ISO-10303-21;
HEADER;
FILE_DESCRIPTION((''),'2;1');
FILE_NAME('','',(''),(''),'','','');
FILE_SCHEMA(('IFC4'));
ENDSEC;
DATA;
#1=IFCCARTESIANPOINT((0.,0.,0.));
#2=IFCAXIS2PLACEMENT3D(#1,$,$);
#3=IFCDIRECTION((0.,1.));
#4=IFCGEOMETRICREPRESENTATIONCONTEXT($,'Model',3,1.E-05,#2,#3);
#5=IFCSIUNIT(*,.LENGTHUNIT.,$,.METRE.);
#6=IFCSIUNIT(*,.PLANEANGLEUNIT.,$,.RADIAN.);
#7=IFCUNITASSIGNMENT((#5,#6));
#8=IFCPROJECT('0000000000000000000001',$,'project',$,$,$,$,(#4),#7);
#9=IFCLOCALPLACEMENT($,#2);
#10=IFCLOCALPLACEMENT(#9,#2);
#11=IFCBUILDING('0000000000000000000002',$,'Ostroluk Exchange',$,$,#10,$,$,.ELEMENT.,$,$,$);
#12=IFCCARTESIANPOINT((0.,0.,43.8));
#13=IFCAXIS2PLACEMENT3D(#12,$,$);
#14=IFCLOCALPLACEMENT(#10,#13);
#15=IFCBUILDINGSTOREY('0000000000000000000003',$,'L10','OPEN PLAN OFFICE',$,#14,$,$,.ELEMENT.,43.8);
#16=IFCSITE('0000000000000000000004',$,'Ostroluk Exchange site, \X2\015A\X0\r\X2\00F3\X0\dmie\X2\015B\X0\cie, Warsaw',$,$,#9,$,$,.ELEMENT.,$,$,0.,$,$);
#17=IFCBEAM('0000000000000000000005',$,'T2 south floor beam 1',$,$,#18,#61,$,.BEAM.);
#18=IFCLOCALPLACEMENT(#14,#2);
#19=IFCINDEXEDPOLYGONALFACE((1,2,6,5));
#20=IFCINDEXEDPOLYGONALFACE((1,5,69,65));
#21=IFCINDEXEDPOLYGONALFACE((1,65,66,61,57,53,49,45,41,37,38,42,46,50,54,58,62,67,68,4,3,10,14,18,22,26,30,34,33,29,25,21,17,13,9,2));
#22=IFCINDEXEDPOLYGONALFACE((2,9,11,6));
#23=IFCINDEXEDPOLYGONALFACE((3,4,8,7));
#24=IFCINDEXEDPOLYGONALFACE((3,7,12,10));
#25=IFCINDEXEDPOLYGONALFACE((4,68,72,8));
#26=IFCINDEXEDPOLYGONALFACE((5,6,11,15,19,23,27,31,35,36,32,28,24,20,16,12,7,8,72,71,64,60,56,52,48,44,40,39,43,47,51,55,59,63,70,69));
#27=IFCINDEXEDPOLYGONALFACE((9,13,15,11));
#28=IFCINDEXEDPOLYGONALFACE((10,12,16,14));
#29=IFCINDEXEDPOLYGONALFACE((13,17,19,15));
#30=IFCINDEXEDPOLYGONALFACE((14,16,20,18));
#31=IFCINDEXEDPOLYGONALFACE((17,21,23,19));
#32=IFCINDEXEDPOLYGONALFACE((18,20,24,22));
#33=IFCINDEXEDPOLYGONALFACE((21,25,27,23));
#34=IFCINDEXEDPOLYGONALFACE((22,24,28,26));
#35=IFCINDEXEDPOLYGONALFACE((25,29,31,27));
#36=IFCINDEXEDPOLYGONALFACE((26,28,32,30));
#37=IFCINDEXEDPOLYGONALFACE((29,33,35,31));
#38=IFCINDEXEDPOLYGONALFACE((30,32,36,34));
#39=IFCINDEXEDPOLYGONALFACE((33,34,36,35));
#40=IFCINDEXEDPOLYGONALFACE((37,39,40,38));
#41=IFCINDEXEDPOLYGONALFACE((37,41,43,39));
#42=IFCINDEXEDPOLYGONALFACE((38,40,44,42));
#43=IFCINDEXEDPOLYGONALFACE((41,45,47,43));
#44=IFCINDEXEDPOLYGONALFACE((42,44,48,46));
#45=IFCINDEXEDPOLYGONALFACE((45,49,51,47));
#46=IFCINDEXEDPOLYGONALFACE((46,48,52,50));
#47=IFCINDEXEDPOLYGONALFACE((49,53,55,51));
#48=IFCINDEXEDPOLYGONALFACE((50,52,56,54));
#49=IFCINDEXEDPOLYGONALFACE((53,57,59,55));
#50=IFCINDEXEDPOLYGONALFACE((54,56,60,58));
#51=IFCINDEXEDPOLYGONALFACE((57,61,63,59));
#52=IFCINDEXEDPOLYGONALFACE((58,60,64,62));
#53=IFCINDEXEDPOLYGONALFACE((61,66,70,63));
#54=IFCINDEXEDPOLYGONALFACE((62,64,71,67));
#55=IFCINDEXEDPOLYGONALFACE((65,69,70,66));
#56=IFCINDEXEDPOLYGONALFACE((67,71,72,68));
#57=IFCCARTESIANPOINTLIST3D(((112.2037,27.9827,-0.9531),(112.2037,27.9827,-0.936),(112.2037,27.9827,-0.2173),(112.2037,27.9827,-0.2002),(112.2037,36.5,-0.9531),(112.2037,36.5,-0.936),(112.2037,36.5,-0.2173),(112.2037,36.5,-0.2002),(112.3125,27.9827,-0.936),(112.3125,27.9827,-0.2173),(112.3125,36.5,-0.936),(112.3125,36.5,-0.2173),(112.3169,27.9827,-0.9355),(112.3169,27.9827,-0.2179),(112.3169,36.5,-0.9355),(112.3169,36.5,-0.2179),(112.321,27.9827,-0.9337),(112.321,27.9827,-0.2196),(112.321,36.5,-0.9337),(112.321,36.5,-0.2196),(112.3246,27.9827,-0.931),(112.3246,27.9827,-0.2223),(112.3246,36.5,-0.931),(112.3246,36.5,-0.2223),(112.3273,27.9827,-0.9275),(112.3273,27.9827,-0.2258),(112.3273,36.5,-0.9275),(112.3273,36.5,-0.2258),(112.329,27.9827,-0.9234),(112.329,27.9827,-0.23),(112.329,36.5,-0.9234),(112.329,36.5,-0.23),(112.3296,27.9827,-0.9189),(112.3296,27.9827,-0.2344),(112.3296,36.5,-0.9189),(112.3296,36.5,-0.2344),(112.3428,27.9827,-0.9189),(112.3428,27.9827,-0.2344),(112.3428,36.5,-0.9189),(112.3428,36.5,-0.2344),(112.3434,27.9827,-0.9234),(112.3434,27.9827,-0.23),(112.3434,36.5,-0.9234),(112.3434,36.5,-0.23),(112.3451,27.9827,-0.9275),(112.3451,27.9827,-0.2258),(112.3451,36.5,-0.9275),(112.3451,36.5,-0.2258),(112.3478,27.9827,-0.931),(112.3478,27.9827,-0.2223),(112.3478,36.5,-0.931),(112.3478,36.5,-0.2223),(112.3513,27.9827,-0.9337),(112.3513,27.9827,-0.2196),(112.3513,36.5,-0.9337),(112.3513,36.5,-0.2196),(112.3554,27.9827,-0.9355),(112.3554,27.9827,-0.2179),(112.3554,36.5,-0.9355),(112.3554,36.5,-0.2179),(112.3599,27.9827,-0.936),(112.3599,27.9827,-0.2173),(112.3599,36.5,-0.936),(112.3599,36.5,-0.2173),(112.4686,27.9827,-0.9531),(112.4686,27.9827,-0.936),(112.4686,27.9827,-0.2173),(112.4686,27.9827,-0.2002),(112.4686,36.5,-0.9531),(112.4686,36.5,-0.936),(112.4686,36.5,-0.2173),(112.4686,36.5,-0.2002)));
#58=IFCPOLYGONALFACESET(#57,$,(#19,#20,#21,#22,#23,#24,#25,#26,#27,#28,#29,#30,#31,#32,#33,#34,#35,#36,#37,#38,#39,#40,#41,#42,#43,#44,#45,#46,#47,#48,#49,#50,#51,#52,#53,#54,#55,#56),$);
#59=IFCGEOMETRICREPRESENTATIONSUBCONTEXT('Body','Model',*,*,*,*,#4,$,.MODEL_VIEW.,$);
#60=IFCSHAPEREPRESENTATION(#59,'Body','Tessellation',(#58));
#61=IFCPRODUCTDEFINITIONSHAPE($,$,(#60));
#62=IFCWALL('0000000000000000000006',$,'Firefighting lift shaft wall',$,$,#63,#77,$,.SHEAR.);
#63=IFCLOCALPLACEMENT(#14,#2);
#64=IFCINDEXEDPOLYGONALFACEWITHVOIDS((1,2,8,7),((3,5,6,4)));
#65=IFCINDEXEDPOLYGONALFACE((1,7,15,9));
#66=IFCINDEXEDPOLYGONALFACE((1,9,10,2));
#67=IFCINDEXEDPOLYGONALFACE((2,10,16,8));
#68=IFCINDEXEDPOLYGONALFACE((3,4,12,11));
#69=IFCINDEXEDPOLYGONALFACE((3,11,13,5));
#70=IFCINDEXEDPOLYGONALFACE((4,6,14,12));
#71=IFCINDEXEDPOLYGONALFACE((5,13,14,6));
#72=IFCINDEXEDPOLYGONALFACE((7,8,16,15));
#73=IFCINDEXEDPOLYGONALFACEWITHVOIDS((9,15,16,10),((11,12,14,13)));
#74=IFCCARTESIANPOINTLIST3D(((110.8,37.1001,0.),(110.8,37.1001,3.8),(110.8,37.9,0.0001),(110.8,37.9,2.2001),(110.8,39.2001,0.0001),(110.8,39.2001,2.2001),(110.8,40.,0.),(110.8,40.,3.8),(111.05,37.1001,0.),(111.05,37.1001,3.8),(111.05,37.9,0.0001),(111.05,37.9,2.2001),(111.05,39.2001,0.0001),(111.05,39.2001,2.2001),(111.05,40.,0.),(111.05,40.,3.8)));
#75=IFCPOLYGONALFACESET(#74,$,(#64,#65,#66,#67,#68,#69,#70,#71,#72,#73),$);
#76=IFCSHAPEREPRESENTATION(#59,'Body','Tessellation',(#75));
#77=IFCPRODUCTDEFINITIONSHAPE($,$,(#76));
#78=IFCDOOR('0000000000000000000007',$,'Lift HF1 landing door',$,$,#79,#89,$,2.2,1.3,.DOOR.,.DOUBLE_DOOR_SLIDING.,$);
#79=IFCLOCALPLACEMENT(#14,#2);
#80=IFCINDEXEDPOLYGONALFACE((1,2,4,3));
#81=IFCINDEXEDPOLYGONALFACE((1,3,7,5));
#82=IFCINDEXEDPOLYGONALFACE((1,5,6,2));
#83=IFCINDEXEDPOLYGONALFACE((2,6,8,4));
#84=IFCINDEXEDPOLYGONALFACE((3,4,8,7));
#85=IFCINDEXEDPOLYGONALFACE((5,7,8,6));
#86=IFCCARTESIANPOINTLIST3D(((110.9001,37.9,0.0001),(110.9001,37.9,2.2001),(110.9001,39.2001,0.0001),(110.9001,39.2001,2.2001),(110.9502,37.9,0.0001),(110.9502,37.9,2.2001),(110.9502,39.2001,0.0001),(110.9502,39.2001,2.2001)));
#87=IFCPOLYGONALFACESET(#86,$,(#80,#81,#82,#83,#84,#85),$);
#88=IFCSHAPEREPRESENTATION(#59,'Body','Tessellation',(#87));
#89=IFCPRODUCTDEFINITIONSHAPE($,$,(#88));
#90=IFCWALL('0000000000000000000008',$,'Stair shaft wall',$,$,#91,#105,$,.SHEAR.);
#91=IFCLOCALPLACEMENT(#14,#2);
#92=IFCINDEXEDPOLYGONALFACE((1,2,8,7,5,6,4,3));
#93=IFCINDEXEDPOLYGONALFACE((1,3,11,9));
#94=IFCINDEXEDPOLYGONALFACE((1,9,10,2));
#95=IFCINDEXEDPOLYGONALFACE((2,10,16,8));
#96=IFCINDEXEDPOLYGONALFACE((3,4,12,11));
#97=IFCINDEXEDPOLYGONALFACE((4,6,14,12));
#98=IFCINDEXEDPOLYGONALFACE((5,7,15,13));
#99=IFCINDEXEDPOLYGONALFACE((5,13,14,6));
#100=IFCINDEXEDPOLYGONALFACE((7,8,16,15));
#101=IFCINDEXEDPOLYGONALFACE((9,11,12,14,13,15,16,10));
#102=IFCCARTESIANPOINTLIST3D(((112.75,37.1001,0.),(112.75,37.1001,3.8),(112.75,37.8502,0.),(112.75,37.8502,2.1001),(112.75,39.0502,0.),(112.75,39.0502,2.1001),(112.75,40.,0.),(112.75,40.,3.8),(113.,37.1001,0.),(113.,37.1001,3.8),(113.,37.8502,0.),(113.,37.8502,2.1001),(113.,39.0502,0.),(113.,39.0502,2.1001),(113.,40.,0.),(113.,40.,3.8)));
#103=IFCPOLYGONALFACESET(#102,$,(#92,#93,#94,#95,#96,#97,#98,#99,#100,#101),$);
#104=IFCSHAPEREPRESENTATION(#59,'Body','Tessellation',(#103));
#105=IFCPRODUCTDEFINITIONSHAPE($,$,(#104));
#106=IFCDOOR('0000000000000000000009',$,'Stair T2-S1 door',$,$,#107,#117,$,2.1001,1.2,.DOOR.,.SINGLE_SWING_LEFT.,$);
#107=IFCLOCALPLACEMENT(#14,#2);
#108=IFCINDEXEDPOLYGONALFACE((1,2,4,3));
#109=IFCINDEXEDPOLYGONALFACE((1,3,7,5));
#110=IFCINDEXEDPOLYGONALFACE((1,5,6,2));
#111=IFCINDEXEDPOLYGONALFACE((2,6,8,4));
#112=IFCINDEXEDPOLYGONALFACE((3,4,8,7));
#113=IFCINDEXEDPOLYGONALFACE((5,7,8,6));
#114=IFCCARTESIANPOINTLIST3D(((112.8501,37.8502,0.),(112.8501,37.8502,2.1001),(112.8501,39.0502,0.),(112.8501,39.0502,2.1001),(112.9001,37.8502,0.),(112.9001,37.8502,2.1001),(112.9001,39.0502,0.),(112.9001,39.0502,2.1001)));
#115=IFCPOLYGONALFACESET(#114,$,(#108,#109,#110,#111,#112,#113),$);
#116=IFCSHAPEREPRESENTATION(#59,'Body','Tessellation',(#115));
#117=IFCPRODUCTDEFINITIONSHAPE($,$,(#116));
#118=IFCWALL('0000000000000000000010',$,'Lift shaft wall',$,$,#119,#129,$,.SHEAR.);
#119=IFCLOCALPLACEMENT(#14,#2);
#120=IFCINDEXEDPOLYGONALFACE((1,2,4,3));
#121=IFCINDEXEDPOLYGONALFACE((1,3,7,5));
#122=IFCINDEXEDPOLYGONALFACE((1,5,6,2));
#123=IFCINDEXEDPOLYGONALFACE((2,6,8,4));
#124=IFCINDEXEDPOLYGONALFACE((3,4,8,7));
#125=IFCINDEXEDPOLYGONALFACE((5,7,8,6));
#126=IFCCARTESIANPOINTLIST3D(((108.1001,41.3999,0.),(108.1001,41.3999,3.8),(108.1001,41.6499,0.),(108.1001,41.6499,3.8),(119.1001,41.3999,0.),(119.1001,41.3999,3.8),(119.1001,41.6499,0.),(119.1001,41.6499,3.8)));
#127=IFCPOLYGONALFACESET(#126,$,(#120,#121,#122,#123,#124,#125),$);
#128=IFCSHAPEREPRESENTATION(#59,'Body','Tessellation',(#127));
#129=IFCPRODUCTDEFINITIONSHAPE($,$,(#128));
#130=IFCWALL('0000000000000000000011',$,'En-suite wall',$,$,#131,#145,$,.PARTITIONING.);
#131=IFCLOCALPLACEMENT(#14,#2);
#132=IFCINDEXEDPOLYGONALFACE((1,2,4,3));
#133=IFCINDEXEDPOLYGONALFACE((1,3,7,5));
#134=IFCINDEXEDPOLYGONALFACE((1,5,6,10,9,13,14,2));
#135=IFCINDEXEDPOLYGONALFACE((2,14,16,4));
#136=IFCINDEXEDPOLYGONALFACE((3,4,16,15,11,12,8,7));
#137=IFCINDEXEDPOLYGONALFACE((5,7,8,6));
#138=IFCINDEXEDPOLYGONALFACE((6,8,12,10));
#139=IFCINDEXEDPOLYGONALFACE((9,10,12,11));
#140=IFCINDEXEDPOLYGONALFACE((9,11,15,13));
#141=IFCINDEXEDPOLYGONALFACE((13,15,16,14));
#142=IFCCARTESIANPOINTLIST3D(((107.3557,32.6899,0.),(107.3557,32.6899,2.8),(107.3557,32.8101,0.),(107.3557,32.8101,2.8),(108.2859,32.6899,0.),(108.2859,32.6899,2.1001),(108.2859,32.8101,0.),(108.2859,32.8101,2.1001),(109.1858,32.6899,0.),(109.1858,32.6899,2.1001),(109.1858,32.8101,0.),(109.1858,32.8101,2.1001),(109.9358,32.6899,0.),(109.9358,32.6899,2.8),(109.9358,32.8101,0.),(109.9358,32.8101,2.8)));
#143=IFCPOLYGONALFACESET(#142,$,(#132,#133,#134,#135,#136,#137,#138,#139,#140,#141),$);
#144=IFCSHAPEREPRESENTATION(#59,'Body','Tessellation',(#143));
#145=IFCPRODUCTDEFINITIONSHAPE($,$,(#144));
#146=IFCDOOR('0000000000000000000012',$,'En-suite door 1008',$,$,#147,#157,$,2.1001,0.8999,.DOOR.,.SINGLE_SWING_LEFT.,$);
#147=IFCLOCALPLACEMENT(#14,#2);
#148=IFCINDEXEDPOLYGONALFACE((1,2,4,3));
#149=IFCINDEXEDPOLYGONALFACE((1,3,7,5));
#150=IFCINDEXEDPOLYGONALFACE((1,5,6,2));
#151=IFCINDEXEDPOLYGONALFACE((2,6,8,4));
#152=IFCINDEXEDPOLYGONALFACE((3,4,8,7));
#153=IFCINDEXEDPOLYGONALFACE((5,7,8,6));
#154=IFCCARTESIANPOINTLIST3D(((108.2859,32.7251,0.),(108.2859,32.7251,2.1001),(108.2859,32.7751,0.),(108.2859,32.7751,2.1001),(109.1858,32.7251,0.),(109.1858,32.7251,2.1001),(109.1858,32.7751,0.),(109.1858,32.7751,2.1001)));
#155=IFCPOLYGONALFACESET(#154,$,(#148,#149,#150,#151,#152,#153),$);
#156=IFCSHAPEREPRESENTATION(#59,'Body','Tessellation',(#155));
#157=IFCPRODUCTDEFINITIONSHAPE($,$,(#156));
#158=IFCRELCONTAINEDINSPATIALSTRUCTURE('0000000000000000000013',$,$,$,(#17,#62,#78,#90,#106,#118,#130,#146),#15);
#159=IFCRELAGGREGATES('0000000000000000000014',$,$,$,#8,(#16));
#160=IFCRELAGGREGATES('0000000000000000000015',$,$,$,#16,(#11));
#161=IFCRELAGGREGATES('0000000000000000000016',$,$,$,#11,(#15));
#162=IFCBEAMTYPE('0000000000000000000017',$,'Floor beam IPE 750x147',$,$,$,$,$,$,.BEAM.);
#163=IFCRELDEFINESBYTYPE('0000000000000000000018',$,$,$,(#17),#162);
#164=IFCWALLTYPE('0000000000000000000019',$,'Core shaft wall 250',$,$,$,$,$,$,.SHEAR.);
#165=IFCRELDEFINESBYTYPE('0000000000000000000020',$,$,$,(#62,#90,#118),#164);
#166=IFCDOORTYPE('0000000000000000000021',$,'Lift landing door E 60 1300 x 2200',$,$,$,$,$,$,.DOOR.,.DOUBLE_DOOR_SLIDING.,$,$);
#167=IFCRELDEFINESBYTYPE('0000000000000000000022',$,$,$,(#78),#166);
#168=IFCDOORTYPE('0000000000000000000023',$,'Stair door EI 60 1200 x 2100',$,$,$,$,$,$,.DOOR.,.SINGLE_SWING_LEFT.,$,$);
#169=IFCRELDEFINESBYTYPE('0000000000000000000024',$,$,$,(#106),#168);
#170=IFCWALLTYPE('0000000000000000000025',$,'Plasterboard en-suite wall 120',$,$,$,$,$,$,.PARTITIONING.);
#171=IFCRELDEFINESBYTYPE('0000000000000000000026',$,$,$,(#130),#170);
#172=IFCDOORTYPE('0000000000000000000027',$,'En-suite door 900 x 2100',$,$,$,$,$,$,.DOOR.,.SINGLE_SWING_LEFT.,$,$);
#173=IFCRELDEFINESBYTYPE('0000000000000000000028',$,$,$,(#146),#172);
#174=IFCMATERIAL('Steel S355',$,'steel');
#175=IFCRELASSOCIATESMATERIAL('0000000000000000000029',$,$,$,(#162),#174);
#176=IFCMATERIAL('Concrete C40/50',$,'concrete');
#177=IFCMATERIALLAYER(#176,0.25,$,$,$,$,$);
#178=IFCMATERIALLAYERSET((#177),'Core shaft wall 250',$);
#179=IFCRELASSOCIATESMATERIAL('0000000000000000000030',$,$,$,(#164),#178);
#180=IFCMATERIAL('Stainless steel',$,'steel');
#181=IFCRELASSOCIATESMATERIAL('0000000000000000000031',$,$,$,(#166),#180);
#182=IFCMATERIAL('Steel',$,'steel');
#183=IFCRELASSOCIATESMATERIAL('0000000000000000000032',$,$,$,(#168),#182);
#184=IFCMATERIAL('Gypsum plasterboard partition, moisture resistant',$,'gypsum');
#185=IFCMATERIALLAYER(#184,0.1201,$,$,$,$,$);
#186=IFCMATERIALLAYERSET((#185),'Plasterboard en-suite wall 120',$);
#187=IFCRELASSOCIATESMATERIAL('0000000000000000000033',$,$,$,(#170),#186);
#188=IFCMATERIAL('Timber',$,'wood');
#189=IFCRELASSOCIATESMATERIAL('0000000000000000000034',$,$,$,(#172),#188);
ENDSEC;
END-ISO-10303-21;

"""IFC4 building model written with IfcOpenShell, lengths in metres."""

from ifc_helpers import new_model, si_unit, direction, frame, frame_2d, origin, origin_2d, place, context, subcontext, project, spatial, rectangle, i_section, extrude, material, layer, layer_set, material_profile, profile_set, type_object, element, fill, save


model = new_model("IFC4")

# Units and contexts
model_context = context("Model", 3, precision=1e-05, world=origin(), true_north=direction((0.0, 1.0)))
body_context = subcontext(model_context, "Body", "Model", "MODEL_VIEW")
ifc_project = project(units=[si_unit("LENGTHUNIT", "METRE"), si_unit("PLANEANGLEUNIT", "RADIAN")], contexts=[model_context])

# Site, building, storey
site_placement = place(None, origin())
site = spatial("IfcSite", under=ifc_project, at=site_placement, Name="Ostroluk Exchange site, Śródmieście, Warsaw", CompositionType="ELEMENT", RefElevation=0.0)
building_placement = place(site_placement, origin())
building = spatial("IfcBuilding", under=site, at=building_placement, Name="Ostroluk Exchange", CompositionType="ELEMENT")
storey_placement = place(building_placement, frame((0.0, 0.0, 43.8)))
storey = spatial("IfcBuildingStorey", under=building, at=storey_placement, Name="L10", Description="OPEN PLAN OFFICE", CompositionType="ELEMENT", Elevation=43.8)

# Beam
ifc_material_1 = material(Name="Steel S355", Category="steel")
ifc_material_profile = material_profile(ifc_material_1, i_section(OverallWidth=0.2649, OverallDepth=0.7529, WebThickness=0.0132, FlangeThickness=0.0171, FilletRadius=0.0171, at=origin_2d()), Name="IPE 750x147")
ifc_profile_set = profile_set([ifc_material_profile], Name="Steel S355")
beam_type = type_object("IfcBeamType", Name="Floor beam IPE 750x147", PredefinedType="BEAM", material=ifc_profile_set)
beam_placement = place(storey_placement, frame((112.3362, 36.5, -0.5767), z_axis=(0.0, -1.0, 0.0), x_axis=(1.0, 0.0, 0.0)))
element("IfcBeam", 1, at=beam_placement, inside=storey, type_object=beam_type, Name="T2 south floor beam 1", PredefinedType="BEAM", context=body_context, shape_type="SweptSolid", body=[
    extrude(i_section(OverallWidth=0.2649, OverallDepth=0.7529, WebThickness=0.0132, FlangeThickness=0.0171, FilletRadius=0.0171, at=origin_2d()), origin(), (0.0, 0.0, 1.0), 8.5173),
])

# Walls, openings, doors
ifc_material_2 = material(Name="Concrete C40/50", Category="concrete")
ifc_layer_1 = layer(ifc_material_2, 0.25)
ifc_layer_set_1 = layer_set([ifc_layer_1], Name="Core shaft wall 250")
wall_type_1 = type_object("IfcWallType", Name="Core shaft wall 250", PredefinedType="SHEAR", material=ifc_layer_set_1)
wall_1_placement = place(storey_placement, frame((110.925, 37.1001, 0.0), z_axis=(0.0, 0.0, 1.0), x_axis=(0.0, 1.0, 0.0)))
wall_1 = element("IfcWall", 2, at=wall_1_placement, inside=storey, type_object=wall_type_1, Name="Firefighting lift shaft wall", PredefinedType="SHEAR", context=body_context, shape_type="SweptSolid", body=[
    extrude(rectangle(XDim=2.8999, YDim=0.25, at=frame_2d((1.45, 0.0))), origin(), (0.0, 0.0, 1.0), 3.8),
])
opening_1_placement = place(wall_1_placement, frame((0.8, 0.0, 0.0)))
opening_1 = element("IfcOpeningElement", 3, at=opening_1_placement, cuts=wall_1, PredefinedType="OPENING", context=body_context, shape_type="SweptSolid", body=[
    extrude(rectangle(XDim=1.3, YDim=2.2, at=frame_2d((0.6499, 1.1001))), frame((0.0, 0.135, 0.0), z_axis=(0.0, -1.0, 0.0), x_axis=(1.0, 0.0, 0.0)), (0.0, 0.0, 1.0), 0.27),
])
ifc_material_3 = material(Name="Stainless steel", Category="steel")
door_type_1 = type_object("IfcDoorType", Name="Lift landing door E 60 1300 x 2200", OperationType="DOUBLE_DOOR_SLIDING", PredefinedType="DOOR", material=ifc_material_3)
door_1_placement = place(opening_1_placement, origin())
door_1 = element("IfcDoor", 4, at=door_1_placement, inside=storey, type_object=door_type_1, Name="Lift HF1 landing door", OperationType="DOUBLE_DOOR_SLIDING", OverallHeight=2.2, OverallWidth=1.3, PredefinedType="DOOR", context=body_context, shape_type="SweptSolid", body=[
    extrude(rectangle(XDim=1.3, YDim=2.2, at=frame_2d((0.6499, 1.1001))), frame((0.0, 0.0249, 0.0), z_axis=(0.0, -1.0, 0.0), x_axis=(1.0, 0.0, 0.0)), (0.0, 0.0, 1.0), 0.05),
])
fill(opening_1, door_1)
wall_2_placement = place(storey_placement, frame((112.875, 37.1001, 0.0), z_axis=(0.0, 0.0, 1.0), x_axis=(0.0, 1.0, 0.0)))
wall_2 = element("IfcWall", 5, at=wall_2_placement, inside=storey, type_object=wall_type_1, Name="Stair shaft wall", PredefinedType="SHEAR", context=body_context, shape_type="SweptSolid", body=[
    extrude(rectangle(XDim=2.8999, YDim=0.25, at=frame_2d((1.45, 0.0))), origin(), (0.0, 0.0, 1.0), 3.8),
])
opening_2_placement = place(wall_2_placement, frame((0.75, 0.0, 0.0)))
opening_2 = element("IfcOpeningElement", 6, at=opening_2_placement, cuts=wall_2, PredefinedType="OPENING", context=body_context, shape_type="SweptSolid", body=[
    extrude(rectangle(XDim=1.2, YDim=2.1001, at=frame_2d((0.6001, 1.05))), frame((0.0, 0.135, 0.0), z_axis=(0.0, -1.0, 0.0), x_axis=(1.0, 0.0, 0.0)), (0.0, 0.0, 1.0), 0.27),
])
ifc_material_4 = material(Name="Steel", Category="steel")
door_type_2 = type_object("IfcDoorType", Name="Stair door EI 60 1200 x 2100", OperationType="SINGLE_SWING_LEFT", PredefinedType="DOOR", material=ifc_material_4)
door_2_placement = place(opening_2_placement, origin())
door_2 = element("IfcDoor", 7, at=door_2_placement, inside=storey, type_object=door_type_2, Name="Stair T2-S1 door", OperationType="SINGLE_SWING_LEFT", OverallHeight=2.1001, OverallWidth=1.2, PredefinedType="DOOR", context=body_context, shape_type="SweptSolid", body=[
    extrude(rectangle(XDim=1.2, YDim=2.1001, at=frame_2d((0.6001, 1.05))), frame((0.0, 0.0249, 0.0), z_axis=(0.0, -1.0, 0.0), x_axis=(1.0, 0.0, 0.0)), (0.0, 0.0, 1.0), 0.05),
])
fill(opening_2, door_2)

# Wall
wall_3_placement = place(storey_placement, frame((108.1001, 41.5249, 0.0), z_axis=(0.0, 0.0, 1.0), x_axis=(1.0, 0.0, 0.0)))
element("IfcWall", 8, at=wall_3_placement, inside=storey, type_object=wall_type_1, Name="Lift shaft wall", PredefinedType="SHEAR", context=body_context, shape_type="SweptSolid", body=[
    extrude(rectangle(XDim=11.0, YDim=0.25, at=frame_2d((5.5, 0.0))), origin(), (0.0, 0.0, 1.0), 3.8),
])

# Wall, opening, door
ifc_material_5 = material(Name="Gypsum plasterboard partition, moisture resistant", Category="gypsum")
ifc_layer_2 = layer(ifc_material_5, 0.1201)
ifc_layer_set_2 = layer_set([ifc_layer_2], Name="Plasterboard en-suite wall 120")
wall_type_2 = type_object("IfcWallType", Name="Plasterboard en-suite wall 120", PredefinedType="PARTITIONING", material=ifc_layer_set_2)
wall_4_placement = place(storey_placement, frame((109.9358, 32.75, 0.0), z_axis=(0.0, 0.0, 1.0), x_axis=(-1.0, 0.0, 0.0)))
wall_4 = element("IfcWall", 9, at=wall_4_placement, inside=storey, type_object=wall_type_2, Name="En-suite wall", PredefinedType="PARTITIONING", context=body_context, shape_type="SweptSolid", body=[
    extrude(rectangle(XDim=2.5801, YDim=0.1201, at=frame_2d((1.29, 0.0))), origin(), (0.0, 0.0, 1.0), 2.8),
])
opening_3_placement = place(wall_4_placement, frame((0.75, 0.0, 0.0)))
opening_3 = element("IfcOpeningElement", 10, at=opening_3_placement, cuts=wall_4, PredefinedType="OPENING", context=body_context, shape_type="SweptSolid", body=[
    extrude(rectangle(XDim=0.8999, YDim=2.1001, at=frame_2d((0.45, 1.05))), frame((0.0, 0.0701, 0.0), z_axis=(0.0, -1.0, 0.0), x_axis=(1.0, 0.0, 0.0)), (0.0, 0.0, 1.0), 0.1401),
])
ifc_material_6 = material(Name="Timber", Category="wood")
door_type_3 = type_object("IfcDoorType", Name="En-suite door 900 x 2100", OperationType="SINGLE_SWING_LEFT", PredefinedType="DOOR", material=ifc_material_6)
door_3_placement = place(opening_3_placement, origin())
door_3 = element("IfcDoor", 11, at=door_3_placement, inside=storey, type_object=door_type_3, Name="En-suite door 1008", OperationType="SINGLE_SWING_LEFT", OverallHeight=2.1001, OverallWidth=0.8999, PredefinedType="DOOR", context=body_context, shape_type="SweptSolid", body=[
    extrude(rectangle(XDim=0.8999, YDim=2.1001, at=frame_2d((0.45, 1.05))), frame((0.0, 0.0249, 0.0), z_axis=(0.0, -1.0, 0.0), x_axis=(1.0, 0.0, 0.0)), (0.0, 0.0, 1.0), 0.05),
])
fill(opening_3, door_3)

save(model, "model.ifc")
